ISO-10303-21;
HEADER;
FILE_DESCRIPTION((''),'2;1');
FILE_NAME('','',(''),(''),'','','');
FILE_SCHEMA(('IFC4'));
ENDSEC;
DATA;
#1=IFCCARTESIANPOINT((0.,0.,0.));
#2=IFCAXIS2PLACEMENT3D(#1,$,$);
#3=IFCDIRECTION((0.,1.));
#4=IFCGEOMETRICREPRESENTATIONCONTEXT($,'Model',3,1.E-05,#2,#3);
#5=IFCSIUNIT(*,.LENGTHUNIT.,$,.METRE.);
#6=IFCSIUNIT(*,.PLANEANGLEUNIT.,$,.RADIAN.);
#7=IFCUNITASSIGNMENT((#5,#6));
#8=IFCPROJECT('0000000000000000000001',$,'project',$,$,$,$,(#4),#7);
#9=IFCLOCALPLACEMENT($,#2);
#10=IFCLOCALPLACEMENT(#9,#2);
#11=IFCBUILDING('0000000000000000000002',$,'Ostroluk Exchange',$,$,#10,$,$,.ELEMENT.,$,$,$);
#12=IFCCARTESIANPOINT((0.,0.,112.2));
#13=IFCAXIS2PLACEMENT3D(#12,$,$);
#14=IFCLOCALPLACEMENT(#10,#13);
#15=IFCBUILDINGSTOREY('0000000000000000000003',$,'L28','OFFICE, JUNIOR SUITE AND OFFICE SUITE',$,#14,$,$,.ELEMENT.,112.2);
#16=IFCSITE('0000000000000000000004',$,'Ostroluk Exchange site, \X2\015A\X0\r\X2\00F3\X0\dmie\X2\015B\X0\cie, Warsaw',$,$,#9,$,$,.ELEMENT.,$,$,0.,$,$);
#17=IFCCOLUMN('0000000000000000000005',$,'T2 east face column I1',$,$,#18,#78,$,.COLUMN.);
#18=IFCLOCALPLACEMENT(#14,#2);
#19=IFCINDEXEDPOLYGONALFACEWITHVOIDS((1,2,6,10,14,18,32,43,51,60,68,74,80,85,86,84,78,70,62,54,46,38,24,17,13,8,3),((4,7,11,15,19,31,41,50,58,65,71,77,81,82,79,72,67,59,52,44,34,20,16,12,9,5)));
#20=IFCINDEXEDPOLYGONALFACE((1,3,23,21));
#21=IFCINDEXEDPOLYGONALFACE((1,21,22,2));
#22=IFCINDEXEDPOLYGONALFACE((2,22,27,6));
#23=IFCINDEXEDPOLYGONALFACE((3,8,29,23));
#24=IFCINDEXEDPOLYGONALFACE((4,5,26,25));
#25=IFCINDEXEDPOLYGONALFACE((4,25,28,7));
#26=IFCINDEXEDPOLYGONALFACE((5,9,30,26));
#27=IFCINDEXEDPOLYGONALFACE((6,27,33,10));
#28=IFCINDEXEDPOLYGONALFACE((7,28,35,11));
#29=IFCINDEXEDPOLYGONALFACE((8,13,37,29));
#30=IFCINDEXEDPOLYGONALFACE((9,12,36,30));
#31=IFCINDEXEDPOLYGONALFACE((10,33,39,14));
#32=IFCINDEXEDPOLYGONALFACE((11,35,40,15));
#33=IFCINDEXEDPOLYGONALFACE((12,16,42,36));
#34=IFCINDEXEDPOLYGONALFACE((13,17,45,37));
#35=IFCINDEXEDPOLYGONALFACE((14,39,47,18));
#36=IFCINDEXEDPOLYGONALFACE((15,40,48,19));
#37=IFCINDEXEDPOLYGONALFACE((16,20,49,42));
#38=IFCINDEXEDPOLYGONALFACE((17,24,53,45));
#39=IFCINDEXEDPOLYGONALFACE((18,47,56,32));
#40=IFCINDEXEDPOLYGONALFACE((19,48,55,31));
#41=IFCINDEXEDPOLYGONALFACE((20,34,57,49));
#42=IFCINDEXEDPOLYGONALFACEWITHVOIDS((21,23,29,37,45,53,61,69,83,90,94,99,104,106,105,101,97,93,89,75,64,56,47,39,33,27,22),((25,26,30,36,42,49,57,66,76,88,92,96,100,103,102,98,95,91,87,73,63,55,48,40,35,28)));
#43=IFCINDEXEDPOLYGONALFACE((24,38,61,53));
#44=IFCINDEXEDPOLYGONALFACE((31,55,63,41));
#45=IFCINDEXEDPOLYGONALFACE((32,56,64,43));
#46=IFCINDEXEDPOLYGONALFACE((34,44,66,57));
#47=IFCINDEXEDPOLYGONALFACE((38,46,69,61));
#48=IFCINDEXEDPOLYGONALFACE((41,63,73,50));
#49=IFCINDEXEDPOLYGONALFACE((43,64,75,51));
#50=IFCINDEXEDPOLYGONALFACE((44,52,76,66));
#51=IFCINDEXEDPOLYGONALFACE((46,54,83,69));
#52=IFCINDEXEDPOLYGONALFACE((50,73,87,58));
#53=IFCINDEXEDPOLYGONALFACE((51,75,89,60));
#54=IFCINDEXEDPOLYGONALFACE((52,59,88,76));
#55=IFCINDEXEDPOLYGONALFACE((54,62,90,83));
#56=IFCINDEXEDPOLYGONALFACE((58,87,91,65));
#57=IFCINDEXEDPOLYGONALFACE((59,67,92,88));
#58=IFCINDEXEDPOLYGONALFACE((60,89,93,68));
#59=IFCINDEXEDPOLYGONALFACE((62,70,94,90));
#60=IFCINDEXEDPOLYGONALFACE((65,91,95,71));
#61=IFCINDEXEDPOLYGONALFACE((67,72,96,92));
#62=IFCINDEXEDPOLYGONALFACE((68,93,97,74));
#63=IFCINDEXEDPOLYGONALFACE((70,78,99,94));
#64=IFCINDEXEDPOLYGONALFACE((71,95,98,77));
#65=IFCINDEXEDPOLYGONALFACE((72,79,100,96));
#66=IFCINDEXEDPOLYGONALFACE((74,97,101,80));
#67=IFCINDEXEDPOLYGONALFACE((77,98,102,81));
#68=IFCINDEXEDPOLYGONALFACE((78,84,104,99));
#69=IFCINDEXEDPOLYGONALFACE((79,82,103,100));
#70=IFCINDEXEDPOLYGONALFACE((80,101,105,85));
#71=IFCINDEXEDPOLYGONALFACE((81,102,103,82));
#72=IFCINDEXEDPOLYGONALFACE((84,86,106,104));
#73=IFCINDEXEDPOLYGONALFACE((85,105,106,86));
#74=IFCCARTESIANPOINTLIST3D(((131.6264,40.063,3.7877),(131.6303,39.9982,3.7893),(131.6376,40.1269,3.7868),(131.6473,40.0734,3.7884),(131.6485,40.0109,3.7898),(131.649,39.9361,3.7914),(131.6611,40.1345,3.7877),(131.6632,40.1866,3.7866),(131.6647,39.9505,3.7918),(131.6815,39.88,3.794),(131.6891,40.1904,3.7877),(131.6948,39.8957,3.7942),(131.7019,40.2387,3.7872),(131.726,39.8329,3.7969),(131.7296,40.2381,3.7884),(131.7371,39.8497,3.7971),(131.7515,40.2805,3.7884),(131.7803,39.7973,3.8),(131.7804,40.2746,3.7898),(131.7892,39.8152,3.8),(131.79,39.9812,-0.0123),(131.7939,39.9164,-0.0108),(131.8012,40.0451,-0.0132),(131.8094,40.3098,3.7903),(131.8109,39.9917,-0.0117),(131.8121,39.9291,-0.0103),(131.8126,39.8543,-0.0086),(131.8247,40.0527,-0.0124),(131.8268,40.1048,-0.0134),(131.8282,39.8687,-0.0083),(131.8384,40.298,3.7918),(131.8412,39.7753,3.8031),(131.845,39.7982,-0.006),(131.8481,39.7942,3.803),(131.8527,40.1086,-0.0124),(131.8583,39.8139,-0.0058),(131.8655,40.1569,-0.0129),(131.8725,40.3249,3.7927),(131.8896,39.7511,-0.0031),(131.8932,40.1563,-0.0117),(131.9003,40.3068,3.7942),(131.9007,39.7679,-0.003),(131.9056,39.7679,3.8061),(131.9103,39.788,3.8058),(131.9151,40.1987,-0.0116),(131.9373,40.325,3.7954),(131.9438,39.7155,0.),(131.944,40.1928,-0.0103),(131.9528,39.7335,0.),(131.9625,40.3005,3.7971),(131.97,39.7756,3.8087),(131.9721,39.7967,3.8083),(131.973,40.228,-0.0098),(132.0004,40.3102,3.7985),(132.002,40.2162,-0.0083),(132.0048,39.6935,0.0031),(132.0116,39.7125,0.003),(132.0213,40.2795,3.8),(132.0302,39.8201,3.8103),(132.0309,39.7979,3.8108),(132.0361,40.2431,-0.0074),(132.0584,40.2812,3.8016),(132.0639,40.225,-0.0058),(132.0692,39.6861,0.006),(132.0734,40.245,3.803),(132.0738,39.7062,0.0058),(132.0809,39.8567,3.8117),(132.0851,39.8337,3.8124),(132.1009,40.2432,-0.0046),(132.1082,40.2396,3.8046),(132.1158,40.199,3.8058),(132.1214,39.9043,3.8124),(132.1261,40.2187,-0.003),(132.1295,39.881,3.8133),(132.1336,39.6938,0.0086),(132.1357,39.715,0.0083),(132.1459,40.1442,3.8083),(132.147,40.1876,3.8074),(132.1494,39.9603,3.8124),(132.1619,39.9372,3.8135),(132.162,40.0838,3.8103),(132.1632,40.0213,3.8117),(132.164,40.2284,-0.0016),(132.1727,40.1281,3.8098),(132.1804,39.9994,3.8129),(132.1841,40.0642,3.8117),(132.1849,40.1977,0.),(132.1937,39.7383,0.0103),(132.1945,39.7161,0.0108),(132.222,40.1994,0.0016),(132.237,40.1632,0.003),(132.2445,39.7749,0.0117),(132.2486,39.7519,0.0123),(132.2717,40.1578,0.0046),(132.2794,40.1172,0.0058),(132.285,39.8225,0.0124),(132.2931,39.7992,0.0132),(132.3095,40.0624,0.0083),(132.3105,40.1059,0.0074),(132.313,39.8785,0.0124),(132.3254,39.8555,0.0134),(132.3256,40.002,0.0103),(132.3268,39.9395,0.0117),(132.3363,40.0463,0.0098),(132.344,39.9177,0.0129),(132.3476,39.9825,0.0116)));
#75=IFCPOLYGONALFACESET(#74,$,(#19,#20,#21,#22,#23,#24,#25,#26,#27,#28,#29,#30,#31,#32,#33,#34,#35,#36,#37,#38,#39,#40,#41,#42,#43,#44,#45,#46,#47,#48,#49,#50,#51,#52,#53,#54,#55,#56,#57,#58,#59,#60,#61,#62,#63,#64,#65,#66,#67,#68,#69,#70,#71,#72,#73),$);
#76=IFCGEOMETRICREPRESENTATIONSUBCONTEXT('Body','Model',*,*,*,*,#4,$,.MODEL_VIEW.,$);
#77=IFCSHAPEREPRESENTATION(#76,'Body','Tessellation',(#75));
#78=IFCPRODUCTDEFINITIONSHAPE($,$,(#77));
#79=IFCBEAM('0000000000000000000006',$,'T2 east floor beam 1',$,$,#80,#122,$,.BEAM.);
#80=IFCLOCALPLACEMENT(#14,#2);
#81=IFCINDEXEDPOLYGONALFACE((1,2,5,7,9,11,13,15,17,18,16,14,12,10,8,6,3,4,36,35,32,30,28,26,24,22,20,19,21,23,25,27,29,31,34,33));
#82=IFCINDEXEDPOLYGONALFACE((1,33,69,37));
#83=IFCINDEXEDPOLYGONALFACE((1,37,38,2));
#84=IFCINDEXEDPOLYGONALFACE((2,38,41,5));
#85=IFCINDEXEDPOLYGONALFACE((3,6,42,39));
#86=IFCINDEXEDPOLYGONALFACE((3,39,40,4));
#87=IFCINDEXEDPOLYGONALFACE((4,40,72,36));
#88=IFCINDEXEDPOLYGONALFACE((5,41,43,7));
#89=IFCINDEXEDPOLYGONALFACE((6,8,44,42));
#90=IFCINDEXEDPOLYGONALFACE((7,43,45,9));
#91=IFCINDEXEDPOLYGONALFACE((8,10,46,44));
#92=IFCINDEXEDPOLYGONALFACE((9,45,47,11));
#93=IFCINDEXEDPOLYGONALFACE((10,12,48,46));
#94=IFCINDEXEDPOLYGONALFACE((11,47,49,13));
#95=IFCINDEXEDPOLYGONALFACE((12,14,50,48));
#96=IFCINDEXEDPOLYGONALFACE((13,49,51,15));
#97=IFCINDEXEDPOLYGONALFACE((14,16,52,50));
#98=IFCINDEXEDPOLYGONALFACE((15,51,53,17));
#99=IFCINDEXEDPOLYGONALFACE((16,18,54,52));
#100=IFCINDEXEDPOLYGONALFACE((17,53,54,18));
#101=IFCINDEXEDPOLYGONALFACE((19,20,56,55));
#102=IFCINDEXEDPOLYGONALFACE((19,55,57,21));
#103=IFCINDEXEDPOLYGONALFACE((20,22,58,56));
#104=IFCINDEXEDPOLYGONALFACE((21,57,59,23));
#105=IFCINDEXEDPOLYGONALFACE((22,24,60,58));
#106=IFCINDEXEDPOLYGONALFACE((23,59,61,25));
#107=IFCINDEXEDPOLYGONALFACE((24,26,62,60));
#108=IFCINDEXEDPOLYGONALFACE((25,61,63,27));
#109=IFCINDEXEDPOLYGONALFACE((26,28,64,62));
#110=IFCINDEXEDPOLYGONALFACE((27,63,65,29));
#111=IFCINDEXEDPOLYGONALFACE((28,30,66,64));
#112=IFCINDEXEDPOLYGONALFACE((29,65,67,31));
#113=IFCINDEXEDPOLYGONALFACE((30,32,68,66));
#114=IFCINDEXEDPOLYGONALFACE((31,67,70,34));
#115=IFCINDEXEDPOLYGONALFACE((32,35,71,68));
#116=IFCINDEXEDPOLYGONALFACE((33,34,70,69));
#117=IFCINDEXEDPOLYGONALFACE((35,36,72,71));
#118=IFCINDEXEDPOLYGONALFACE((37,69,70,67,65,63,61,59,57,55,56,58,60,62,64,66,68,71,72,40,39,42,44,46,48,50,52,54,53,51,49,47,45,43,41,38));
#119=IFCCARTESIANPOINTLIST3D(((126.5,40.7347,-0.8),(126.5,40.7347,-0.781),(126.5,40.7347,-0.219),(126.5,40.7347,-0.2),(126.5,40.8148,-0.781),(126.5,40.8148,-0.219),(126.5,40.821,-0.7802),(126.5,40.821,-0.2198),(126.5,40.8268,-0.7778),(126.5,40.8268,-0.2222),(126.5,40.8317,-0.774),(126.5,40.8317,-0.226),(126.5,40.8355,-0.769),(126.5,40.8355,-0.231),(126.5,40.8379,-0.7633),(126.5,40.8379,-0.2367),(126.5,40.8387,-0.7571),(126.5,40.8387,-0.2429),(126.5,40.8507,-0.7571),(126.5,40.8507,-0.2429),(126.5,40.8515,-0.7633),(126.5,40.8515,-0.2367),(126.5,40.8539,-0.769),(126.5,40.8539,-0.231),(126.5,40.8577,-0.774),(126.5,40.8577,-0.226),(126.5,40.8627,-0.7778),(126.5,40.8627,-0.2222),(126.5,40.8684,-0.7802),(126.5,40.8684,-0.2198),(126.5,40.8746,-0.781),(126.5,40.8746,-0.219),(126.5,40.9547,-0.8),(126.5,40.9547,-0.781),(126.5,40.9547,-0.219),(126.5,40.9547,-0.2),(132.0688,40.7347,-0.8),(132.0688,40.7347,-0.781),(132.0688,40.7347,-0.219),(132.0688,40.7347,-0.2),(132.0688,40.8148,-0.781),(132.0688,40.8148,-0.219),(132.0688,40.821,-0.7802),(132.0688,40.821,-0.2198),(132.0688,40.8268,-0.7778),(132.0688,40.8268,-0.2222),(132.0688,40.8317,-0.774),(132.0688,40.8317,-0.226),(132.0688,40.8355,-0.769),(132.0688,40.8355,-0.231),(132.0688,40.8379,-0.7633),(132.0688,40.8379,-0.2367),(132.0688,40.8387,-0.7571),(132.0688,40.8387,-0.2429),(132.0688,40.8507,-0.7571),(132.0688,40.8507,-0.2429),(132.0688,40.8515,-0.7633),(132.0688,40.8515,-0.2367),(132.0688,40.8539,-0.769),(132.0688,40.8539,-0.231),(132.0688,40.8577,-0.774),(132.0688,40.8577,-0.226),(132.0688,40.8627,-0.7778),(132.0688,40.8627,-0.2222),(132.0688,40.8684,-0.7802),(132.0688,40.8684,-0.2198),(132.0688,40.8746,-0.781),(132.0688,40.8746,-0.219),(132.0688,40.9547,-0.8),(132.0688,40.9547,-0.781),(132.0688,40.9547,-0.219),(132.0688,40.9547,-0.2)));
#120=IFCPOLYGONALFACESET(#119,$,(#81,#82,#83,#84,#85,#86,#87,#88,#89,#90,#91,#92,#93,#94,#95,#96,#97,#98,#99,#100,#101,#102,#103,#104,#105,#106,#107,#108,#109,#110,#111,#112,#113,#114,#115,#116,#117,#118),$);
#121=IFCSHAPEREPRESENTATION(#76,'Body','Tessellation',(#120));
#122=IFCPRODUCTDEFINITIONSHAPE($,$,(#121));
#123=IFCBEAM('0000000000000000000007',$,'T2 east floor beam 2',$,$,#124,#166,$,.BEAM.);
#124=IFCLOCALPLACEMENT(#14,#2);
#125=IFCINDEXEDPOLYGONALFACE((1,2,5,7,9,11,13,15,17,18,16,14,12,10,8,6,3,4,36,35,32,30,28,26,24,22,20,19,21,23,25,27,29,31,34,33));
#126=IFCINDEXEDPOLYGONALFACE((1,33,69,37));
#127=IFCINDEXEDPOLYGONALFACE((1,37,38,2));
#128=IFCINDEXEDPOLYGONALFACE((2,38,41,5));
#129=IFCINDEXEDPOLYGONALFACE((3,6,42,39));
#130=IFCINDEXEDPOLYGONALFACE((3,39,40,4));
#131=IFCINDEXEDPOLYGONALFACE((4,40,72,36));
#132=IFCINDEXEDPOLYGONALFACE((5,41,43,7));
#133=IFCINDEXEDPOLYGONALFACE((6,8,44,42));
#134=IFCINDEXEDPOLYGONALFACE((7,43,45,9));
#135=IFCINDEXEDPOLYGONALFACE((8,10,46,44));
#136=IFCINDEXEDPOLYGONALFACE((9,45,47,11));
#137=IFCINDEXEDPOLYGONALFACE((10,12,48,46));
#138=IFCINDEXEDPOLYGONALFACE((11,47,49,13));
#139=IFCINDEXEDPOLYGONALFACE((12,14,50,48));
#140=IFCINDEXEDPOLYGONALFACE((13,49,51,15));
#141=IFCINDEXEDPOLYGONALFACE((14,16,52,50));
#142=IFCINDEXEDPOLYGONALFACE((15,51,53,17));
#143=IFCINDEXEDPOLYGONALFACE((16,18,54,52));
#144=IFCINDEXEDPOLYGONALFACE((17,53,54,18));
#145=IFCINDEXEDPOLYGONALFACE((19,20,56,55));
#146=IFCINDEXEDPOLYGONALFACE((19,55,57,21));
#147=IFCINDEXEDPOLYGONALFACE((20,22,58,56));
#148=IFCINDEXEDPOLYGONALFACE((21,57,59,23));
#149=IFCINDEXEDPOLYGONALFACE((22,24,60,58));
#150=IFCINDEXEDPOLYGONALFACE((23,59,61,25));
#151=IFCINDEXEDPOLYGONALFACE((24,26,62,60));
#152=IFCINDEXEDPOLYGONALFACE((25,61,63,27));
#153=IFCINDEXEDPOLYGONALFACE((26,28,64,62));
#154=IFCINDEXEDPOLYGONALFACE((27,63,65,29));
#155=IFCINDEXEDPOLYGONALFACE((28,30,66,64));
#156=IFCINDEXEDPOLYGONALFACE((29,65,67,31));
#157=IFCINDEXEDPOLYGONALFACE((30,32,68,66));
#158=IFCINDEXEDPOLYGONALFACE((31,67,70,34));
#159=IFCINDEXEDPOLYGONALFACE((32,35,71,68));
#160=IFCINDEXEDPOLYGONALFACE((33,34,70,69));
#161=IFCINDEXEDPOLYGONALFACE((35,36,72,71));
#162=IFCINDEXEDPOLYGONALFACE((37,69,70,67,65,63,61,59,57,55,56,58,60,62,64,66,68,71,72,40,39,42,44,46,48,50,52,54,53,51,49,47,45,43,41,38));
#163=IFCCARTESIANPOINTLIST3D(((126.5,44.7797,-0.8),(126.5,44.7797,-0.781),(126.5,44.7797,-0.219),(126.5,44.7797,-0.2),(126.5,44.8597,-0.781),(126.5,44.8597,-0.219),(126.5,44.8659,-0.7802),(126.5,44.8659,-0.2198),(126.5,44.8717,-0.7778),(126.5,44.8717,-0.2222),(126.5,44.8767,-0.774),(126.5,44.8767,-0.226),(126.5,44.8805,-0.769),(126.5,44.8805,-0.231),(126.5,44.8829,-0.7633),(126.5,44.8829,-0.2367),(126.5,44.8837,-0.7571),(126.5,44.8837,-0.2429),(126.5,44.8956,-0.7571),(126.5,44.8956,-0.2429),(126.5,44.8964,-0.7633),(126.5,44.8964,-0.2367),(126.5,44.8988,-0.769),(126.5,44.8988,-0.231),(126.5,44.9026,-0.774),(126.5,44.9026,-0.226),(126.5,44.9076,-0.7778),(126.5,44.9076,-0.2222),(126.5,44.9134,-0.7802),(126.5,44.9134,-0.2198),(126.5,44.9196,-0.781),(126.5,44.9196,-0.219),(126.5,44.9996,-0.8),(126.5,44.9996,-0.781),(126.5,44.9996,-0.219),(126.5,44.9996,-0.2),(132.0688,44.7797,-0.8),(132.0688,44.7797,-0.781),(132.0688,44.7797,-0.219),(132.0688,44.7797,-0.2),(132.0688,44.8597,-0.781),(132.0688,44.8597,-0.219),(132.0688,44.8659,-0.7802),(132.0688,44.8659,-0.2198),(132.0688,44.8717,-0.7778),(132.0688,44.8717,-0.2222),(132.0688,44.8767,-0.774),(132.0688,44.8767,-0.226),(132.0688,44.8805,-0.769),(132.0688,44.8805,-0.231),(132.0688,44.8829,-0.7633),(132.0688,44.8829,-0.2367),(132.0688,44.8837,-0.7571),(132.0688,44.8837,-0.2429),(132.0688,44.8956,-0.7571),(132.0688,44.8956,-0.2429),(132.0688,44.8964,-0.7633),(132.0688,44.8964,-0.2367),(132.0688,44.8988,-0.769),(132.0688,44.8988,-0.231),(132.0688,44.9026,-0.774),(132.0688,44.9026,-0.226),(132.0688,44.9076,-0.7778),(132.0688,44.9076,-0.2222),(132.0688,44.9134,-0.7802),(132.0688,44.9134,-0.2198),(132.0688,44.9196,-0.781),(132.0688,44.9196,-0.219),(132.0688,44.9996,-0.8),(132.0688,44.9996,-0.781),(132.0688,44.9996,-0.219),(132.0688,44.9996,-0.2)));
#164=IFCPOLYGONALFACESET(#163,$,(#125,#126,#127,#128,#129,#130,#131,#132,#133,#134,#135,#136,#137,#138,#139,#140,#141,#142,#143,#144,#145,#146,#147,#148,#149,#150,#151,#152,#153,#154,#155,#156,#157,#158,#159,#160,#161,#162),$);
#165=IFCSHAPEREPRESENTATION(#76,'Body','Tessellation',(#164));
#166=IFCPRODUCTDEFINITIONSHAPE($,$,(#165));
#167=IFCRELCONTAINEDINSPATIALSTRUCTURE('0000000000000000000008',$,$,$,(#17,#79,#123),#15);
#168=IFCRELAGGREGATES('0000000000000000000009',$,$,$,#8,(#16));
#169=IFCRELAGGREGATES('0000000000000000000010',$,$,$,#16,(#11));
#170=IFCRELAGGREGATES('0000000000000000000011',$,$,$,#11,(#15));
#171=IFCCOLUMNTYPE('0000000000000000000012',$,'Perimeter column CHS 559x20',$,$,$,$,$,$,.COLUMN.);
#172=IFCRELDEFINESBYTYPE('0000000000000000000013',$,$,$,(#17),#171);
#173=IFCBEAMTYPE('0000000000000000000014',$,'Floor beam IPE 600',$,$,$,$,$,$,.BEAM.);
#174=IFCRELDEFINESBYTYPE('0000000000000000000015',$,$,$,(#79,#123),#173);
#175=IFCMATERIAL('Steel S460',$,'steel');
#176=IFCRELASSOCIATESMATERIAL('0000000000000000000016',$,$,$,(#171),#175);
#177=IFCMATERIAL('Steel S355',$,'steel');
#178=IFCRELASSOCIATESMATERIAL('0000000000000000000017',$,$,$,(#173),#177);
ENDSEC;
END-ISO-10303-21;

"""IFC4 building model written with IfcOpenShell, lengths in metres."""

from ifc_helpers import new_model, si_unit, direction, frame, origin, origin_2d, place, context, subcontext, project, spatial, hollow_circle, i_section, extrude, material, material_profile, profile_set, type_object, element, save


model = new_model("IFC4")

# Units and contexts
model_context = context("Model", 3, precision=1e-05, world=origin(), true_north=direction((0.0, 1.0)))
body_context = subcontext(model_context, "Body", "Model", "MODEL_VIEW")
ifc_project = project(units=[si_unit("LENGTHUNIT", "METRE"), si_unit("PLANEANGLEUNIT", "RADIAN")], contexts=[model_context])

# Site, building, storey
site_placement = place(None, origin())
site = spatial("IfcSite", under=ifc_project, at=site_placement, Name="Ostroluk Exchange site, Śródmieście, Warsaw", CompositionType="ELEMENT", RefElevation=0.0)
building_placement = place(site_placement, origin())
building = spatial("IfcBuilding", under=site, at=building_placement, Name="Ostroluk Exchange", CompositionType="ELEMENT")
storey_placement = place(building_placement, frame((0.0, 0.0, 112.2)))
storey = spatial("IfcBuildingStorey", under=building, at=storey_placement, Name="L28", Description="OFFICE, JUNIOR SUITE AND OFFICE SUITE", CompositionType="ELEMENT", Elevation=112.2)

# Column
ifc_material_1 = material(Name="Steel S460", Category="steel")
ifc_material_profile_1 = material_profile(ifc_material_1, hollow_circle(Radius=0.2795, WallThickness=0.02, at=origin_2d()), Name="CHS 559x20")
ifc_profile_set_1 = profile_set([ifc_material_profile_1], Name="Steel S460")
column_type = type_object("IfcColumnType", Name="Perimeter column CHS 559x20", PredefinedType="COLUMN", material=ifc_profile_set_1)
column_placement = place(storey_placement, frame((132.0688, 39.9656, 0.0), z_axis=(-0.042996, 0.021498, 0.998844), x_axis=(-0.447214, -0.894427, 0.0)))
element("IfcColumn", 1, at=column_placement, inside=storey, type_object=column_type, Name="T2 east face column I1", PredefinedType="COLUMN", context=body_context, shape_type="SweptSolid", body=[
    extrude(hollow_circle(Radius=0.2795, WallThickness=0.02, at=origin_2d()), origin(), (0.0, 0.0, 1.0), 3.8044),
])

# Beams
ifc_material_2 = material(Name="Steel S355", Category="steel")
ifc_material_profile_2 = material_profile(ifc_material_2, i_section(OverallWidth=0.22, OverallDepth=0.6001, WebThickness=0.012, FlangeThickness=0.019, FilletRadius=0.0239, at=origin_2d()), Name="IPE 600")
ifc_profile_set_2 = profile_set([ifc_material_profile_2], Name="Steel S355")
beam_type_1 = type_object("IfcBeamType", Name="Floor beam IPE 600", PredefinedType="BEAM", material=ifc_profile_set_2)
for number, where, z_axis, x_axis, name in (
    (2, (126.5, 40.8447, -0.5), (1.0, 0.0, 0.0), (0.0, 1.0, 0.0), "T2 east floor beam 1"),
    (3, (126.5, 44.8896, -0.5), (1.0, 0.0, 0.0), (0.0, 1.0, 0.0), "T2 east floor beam 2"),
):
    element("IfcBeam", number, at=place(storey_placement, frame(where, z_axis=z_axis, x_axis=x_axis)), inside=storey, type_object=beam_type_1, Name=name, PredefinedType="BEAM", context=body_context, shape_type="SweptSolid", body=[
        extrude(i_section(OverallWidth=0.22, OverallDepth=0.6001, WebThickness=0.012, FlangeThickness=0.019, FilletRadius=0.0239, at=origin_2d()), origin(), (0.0, 0.0, 1.0), 5.5688),
    ])

save(model, "model.ifc")
